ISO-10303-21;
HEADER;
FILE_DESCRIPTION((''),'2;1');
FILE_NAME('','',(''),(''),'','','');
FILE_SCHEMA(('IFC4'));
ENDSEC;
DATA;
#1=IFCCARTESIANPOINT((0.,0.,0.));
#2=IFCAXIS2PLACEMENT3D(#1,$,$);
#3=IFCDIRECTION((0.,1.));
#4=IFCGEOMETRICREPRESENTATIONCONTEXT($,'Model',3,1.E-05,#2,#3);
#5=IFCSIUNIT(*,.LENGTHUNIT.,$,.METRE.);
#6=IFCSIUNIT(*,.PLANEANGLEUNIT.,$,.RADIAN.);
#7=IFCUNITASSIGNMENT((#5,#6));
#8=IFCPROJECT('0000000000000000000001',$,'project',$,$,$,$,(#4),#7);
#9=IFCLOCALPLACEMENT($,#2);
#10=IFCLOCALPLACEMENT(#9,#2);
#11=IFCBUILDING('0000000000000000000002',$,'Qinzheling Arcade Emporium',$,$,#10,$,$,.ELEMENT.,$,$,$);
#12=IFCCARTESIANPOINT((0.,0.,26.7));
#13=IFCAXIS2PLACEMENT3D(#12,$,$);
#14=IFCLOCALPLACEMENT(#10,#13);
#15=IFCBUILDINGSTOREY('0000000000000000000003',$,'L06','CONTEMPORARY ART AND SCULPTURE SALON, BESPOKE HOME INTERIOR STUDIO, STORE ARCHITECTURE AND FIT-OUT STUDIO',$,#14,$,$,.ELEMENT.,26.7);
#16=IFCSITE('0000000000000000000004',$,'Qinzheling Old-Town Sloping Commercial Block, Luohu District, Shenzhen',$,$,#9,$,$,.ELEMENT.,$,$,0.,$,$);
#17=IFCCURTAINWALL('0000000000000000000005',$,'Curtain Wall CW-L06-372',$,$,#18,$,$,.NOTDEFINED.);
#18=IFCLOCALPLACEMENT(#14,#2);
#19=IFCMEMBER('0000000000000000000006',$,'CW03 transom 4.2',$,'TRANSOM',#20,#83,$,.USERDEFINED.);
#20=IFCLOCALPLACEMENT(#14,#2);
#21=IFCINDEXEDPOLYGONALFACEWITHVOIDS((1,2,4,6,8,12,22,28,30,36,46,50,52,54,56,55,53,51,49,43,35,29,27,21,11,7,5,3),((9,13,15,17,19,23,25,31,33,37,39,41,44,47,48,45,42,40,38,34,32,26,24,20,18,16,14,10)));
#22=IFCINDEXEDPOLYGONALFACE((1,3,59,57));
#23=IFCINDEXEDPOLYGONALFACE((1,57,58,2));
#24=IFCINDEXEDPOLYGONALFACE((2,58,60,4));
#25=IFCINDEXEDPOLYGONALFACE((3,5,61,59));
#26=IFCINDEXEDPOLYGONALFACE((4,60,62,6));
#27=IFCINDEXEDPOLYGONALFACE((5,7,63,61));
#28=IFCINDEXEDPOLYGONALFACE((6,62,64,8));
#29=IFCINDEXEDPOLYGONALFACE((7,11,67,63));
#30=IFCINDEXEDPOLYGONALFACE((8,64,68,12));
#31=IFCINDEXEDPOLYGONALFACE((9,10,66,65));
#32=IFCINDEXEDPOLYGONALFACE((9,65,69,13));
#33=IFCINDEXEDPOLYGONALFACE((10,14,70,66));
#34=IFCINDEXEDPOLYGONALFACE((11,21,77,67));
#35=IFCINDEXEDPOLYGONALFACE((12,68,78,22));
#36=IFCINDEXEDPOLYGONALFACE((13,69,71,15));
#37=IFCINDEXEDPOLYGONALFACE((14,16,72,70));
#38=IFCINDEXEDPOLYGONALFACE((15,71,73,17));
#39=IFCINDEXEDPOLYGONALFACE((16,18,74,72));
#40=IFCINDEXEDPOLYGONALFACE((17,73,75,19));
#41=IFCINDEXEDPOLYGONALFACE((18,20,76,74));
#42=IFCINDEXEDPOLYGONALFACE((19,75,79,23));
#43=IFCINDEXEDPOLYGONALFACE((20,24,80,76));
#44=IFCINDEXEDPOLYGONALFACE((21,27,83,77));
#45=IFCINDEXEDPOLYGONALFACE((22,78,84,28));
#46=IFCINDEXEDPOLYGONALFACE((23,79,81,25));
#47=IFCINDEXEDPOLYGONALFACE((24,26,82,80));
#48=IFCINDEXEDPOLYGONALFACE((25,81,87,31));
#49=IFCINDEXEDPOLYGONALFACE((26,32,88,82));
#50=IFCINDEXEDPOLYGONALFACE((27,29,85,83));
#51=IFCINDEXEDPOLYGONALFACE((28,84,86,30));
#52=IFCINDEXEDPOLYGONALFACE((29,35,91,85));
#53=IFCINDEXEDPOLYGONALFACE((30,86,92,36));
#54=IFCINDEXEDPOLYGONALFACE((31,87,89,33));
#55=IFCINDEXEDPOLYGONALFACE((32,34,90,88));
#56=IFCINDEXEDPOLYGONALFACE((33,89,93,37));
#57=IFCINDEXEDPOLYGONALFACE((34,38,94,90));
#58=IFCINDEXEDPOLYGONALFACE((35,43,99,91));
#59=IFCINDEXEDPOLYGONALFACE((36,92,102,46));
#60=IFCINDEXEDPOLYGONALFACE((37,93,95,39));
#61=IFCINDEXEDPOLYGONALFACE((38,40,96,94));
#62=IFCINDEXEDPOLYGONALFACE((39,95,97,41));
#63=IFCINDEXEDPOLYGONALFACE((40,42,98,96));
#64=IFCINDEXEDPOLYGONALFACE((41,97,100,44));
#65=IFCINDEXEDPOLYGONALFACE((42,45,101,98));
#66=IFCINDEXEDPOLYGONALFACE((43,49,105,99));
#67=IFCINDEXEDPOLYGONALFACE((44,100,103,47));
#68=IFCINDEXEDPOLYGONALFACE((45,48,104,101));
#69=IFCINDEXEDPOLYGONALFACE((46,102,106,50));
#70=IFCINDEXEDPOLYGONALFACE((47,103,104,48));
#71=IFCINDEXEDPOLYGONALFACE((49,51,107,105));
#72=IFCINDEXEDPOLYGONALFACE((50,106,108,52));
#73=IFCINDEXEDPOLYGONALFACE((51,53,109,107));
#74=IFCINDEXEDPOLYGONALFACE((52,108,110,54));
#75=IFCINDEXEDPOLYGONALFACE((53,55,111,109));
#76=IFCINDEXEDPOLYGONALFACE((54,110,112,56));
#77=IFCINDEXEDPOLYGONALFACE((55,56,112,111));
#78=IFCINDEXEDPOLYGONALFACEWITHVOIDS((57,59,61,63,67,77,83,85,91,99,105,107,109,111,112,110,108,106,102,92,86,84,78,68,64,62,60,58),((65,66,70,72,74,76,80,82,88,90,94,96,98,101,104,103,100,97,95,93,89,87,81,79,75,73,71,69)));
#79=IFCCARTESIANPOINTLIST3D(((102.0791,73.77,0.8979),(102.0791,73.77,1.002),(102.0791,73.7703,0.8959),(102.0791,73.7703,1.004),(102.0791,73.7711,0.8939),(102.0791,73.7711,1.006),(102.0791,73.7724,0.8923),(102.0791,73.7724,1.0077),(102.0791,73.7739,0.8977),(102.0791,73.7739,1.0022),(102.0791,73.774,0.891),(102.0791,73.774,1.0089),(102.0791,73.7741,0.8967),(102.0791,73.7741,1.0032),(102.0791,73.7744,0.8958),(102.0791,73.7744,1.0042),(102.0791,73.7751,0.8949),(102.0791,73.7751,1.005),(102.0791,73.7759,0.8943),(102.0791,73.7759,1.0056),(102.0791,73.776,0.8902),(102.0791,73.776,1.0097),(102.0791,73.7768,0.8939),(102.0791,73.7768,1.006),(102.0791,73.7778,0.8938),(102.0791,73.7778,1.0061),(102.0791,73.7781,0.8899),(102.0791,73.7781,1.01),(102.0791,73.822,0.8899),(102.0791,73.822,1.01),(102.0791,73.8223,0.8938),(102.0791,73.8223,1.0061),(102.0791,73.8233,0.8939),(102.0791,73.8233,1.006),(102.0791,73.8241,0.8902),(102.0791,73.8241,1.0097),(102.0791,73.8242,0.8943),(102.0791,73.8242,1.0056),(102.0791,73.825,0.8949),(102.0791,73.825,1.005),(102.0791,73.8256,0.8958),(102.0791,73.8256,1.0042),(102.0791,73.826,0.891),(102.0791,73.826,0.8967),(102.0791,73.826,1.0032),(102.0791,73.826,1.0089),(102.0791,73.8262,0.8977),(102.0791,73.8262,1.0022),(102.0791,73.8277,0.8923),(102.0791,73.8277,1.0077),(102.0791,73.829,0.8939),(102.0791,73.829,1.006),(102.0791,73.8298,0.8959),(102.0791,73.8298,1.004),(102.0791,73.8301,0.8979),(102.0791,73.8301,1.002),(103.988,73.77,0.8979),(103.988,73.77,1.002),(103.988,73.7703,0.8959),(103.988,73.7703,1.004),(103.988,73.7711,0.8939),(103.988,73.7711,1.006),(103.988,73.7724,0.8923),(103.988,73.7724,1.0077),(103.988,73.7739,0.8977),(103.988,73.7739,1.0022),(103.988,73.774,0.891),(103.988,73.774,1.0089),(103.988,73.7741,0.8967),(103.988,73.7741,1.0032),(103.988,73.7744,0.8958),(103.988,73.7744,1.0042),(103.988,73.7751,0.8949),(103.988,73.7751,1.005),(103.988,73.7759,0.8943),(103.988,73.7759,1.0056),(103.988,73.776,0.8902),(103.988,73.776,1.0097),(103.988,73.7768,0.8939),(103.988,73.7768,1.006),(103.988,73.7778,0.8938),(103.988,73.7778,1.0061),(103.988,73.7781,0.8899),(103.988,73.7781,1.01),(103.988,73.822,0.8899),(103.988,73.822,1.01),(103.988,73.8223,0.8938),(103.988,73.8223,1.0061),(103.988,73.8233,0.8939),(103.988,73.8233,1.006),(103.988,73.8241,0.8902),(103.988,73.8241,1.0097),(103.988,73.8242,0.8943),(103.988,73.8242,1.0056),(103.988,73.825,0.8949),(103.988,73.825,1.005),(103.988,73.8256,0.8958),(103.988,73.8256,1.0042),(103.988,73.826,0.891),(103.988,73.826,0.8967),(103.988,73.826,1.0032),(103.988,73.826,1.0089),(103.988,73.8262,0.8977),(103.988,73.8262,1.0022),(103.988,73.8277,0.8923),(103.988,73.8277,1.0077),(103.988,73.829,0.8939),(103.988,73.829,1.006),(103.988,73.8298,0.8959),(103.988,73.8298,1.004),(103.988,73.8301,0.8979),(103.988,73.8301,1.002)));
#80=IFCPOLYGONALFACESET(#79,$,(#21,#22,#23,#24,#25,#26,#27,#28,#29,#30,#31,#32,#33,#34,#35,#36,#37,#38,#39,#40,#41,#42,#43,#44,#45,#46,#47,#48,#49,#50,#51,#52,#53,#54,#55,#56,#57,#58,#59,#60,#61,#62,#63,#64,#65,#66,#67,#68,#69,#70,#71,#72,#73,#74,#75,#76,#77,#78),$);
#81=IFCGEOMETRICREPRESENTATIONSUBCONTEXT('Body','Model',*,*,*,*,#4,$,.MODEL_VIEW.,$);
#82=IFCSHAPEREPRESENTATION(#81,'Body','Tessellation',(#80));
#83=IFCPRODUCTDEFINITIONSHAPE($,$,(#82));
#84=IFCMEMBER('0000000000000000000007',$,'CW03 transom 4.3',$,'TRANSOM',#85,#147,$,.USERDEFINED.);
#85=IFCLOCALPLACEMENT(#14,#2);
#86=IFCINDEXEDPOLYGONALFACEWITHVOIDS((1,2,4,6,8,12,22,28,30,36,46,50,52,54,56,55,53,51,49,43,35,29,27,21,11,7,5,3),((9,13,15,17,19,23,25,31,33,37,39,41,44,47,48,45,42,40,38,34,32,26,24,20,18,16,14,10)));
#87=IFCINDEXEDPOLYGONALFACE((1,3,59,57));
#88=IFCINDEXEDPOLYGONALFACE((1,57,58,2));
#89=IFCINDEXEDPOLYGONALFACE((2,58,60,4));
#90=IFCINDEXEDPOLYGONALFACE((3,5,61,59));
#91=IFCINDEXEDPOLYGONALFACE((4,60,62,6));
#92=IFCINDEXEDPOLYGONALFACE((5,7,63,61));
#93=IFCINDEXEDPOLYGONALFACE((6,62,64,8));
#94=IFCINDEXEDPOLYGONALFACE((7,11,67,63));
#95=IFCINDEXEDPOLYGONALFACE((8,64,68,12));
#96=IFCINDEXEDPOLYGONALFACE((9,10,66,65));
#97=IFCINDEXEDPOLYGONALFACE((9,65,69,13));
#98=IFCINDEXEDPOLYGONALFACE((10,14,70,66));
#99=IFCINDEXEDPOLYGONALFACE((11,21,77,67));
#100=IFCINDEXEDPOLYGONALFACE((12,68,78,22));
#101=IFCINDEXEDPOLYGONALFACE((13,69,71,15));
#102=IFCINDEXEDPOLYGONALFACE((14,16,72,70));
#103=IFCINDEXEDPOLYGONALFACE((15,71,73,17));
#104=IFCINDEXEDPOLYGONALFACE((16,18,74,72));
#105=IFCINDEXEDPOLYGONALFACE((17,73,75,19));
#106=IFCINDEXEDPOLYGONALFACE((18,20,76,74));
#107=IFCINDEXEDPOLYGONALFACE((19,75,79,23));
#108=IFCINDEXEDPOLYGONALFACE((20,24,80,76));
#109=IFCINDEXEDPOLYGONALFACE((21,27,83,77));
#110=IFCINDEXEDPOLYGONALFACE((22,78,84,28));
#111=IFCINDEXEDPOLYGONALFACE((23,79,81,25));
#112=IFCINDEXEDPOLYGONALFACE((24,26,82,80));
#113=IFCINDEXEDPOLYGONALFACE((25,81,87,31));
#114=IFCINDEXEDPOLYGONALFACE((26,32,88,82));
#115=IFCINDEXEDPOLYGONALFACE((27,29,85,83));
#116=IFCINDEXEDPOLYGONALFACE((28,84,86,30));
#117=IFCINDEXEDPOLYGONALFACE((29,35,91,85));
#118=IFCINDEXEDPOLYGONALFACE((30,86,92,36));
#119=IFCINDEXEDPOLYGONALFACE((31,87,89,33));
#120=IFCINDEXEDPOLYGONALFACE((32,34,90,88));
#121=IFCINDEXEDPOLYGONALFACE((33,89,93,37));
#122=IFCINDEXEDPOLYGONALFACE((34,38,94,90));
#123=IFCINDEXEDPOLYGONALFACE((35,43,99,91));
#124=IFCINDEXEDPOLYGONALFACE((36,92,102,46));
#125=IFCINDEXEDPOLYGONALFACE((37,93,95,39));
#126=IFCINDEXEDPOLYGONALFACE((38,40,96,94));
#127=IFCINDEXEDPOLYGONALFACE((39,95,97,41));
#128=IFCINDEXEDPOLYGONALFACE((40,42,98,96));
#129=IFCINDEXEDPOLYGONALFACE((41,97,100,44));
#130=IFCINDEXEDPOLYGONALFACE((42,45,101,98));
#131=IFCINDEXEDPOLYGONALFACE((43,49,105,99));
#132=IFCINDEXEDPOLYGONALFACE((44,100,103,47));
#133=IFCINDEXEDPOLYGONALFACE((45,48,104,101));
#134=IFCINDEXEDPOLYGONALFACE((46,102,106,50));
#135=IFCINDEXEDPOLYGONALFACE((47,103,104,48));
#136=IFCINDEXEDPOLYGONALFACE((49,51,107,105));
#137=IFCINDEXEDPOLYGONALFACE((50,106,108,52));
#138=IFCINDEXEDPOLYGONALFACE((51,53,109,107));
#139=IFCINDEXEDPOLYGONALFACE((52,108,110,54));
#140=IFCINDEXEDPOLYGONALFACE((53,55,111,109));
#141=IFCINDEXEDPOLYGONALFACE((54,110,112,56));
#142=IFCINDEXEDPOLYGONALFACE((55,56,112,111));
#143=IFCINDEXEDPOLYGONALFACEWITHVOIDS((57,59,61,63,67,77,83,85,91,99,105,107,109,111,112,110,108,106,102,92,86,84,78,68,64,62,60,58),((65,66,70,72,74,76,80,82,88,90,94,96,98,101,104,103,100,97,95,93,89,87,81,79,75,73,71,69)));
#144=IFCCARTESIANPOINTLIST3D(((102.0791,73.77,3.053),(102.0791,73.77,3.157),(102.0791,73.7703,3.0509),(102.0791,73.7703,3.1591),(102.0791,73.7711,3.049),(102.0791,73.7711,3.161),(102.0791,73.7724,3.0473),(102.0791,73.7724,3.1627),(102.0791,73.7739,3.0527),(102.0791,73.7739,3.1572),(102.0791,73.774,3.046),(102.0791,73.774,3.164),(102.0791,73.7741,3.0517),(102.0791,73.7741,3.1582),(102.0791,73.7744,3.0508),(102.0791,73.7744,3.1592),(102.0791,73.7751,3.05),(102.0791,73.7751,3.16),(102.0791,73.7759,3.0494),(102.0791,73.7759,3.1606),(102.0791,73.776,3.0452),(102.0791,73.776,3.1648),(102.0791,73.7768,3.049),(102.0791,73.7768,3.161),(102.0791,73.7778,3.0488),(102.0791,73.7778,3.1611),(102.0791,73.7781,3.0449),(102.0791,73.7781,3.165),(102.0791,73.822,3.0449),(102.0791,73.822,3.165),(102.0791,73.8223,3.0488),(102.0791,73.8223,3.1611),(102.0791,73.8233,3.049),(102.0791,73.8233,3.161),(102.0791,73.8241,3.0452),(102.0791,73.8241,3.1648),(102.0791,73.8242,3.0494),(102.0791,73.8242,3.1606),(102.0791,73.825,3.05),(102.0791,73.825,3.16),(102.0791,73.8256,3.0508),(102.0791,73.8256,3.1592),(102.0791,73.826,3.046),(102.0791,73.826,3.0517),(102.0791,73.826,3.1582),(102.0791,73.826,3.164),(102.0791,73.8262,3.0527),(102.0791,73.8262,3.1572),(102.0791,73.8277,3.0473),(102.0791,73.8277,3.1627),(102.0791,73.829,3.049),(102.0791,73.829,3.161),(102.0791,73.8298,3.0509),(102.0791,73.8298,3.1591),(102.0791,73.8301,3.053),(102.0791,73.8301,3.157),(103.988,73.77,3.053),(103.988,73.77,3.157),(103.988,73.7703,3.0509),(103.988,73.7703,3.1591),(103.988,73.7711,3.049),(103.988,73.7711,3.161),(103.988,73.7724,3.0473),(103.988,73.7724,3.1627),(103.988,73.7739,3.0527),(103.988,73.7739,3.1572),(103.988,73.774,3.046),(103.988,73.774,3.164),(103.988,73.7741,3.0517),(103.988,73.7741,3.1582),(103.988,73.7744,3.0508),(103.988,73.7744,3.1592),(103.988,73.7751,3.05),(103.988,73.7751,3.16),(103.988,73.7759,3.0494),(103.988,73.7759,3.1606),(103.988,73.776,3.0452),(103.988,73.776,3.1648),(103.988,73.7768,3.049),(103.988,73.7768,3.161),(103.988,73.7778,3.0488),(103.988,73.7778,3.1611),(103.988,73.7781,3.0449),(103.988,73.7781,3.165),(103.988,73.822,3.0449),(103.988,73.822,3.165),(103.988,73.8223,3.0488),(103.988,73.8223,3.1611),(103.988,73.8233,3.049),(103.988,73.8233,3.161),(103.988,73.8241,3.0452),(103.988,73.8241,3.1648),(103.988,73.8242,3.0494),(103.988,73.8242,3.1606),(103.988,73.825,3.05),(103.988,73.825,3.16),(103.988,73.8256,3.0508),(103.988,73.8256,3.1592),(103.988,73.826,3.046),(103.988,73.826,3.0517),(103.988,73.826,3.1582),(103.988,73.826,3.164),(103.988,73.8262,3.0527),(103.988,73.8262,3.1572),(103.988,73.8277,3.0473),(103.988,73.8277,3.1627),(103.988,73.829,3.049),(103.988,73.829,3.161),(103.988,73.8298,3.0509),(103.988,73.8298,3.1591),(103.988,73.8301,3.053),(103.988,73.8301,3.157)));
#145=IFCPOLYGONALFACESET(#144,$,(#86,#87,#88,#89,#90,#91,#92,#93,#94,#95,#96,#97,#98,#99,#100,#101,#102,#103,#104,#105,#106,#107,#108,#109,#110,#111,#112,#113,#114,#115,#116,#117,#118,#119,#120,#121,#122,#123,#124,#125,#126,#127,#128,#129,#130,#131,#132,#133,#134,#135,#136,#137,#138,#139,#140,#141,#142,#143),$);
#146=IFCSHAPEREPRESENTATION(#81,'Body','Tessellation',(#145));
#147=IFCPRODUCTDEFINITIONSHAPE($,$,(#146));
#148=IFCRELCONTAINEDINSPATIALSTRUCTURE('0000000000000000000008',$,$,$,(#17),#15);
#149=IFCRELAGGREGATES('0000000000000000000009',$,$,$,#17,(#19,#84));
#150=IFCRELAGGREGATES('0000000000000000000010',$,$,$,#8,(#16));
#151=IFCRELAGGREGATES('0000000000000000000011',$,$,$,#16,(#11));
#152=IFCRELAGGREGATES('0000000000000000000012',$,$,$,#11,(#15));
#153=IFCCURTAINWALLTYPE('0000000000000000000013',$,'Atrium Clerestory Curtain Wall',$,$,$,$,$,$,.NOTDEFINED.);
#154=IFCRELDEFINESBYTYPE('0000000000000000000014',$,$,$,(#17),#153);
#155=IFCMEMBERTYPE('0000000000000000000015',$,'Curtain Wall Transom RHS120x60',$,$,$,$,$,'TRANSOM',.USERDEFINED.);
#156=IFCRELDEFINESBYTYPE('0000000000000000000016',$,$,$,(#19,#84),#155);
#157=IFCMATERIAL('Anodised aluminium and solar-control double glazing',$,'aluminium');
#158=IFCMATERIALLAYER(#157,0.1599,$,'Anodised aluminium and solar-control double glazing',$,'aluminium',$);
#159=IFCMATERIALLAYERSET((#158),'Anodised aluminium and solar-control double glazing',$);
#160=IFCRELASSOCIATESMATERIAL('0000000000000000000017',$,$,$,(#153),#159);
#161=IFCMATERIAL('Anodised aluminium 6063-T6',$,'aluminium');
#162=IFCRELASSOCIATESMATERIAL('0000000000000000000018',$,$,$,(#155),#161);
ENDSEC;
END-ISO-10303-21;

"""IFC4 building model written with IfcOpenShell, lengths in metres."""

from ifc_helpers import new_model, si_unit, direction, frame, origin, origin_2d, place, context, subcontext, project, spatial, hollow_rectangle, extrude, material, layer, layer_set, material_profile, profile_set, type_object, element, aggregate, save


model = new_model("IFC4")

# Units and contexts
model_context = context("Model", 3, precision=1e-05, world=origin(), true_north=direction((0.0, 1.0)))
body_context = subcontext(model_context, "Body", "Model", "MODEL_VIEW")
ifc_project = project(units=[si_unit("LENGTHUNIT", "METRE"), si_unit("PLANEANGLEUNIT", "RADIAN")], contexts=[model_context])

# Site, building, storey
site_placement = place(None, origin())
site = spatial("IfcSite", under=ifc_project, at=site_placement, Name="Qinzheling Old-Town Sloping Commercial Block, Luohu District, Shenzhen", CompositionType="ELEMENT", RefElevation=0.0)
building_placement = place(site_placement, origin())
building = spatial("IfcBuilding", under=site, at=building_placement, Name="Qinzheling Arcade Emporium", CompositionType="ELEMENT")
storey_placement = place(building_placement, frame((0.0, 0.0, 26.7)))
storey = spatial("IfcBuildingStorey", under=building, at=storey_placement, Name="L06", Description="CONTEMPORARY ART AND SCULPTURE SALON, BESPOKE HOME INTERIOR STUDIO, STORE ARCHITECTURE AND FIT-OUT STUDIO", CompositionType="ELEMENT", Elevation=26.7)

# Curtain wall, members
ifc_material_1 = material(Name="Anodised aluminium and solar-control double glazing", Category="aluminium")
ifc_layer_1 = layer(ifc_material_1, 0.1599, Name="Anodised aluminium and solar-control double glazing", Category="aluminium")
ifc_layer_set_1 = layer_set([ifc_layer_1], Name="Anodised aluminium and solar-control double glazing")
curtain_wall_type = type_object("IfcCurtainWallType", Name="Atrium Clerestory Curtain Wall", PredefinedType="NOTDEFINED", material=ifc_layer_set_1)
curtain_wall_placement = place(storey_placement, origin())
curtain_wall = element("IfcCurtainWall", 1, at=curtain_wall_placement, inside=storey, type_object=curtain_wall_type, Name="Curtain Wall CW-L06-372", PredefinedType="NOTDEFINED")
ifc_material_2 = material(Name="Anodised aluminium 6063-T6", Category="aluminium")
ifc_material_profile_1 = material_profile(ifc_material_2, hollow_rectangle(XDim=0.0601, YDim=0.1201, WallThickness=0.0039, InnerFilletRadius=0.0039, OuterFilletRadius=0.0081, at=origin_2d()), Name="RHS 120x60x4", Category="aluminium")
ifc_profile_set_1 = profile_set([ifc_material_profile_1], Name="Anodised aluminium 6063-T6")
member_type_1 = type_object("IfcMemberType", Name="Curtain Wall Transom RHS120x60", ElementType="TRANSOM", PredefinedType="USERDEFINED", material=ifc_profile_set_1)
member_1_placement = place(storey_placement, frame((102.0791, 73.8, 0.95), z_axis=(1.0, 0.0, 0.0), x_axis=(0.0, 1.0, 0.0)))
member_1 = element("IfcMember", 2, at=member_1_placement, type_object=member_type_1, Name="CW03 transom 4.2", ObjectType="TRANSOM", PredefinedType="USERDEFINED", context=body_context, shape_type="SweptSolid", body=[
    extrude(hollow_rectangle(XDim=0.0601, YDim=0.1201, WallThickness=0.0039, InnerFilletRadius=0.0039, OuterFilletRadius=0.0081, at=origin_2d()), origin(), (0.0, 0.0, 1.0), 1.9089),
])
member_2_placement = place(storey_placement, frame((102.0791, 73.8, 3.105), z_axis=(1.0, 0.0, 0.0), x_axis=(0.0, 1.0, 0.0)))
member_2 = element("IfcMember", 3, at=member_2_placement, type_object=member_type_1, Name="CW03 transom 4.3", ObjectType="TRANSOM", PredefinedType="USERDEFINED", context=body_context, shape_type="SweptSolid", body=[
    extrude(hollow_rectangle(XDim=0.0601, YDim=0.1201, WallThickness=0.0039, InnerFilletRadius=0.0039, OuterFilletRadius=0.0081, at=origin_2d()), origin(), (0.0, 0.0, 1.0), 1.9089),
])

aggregate(curtain_wall, [member_1, member_2])

save(model, "model.ifc")
